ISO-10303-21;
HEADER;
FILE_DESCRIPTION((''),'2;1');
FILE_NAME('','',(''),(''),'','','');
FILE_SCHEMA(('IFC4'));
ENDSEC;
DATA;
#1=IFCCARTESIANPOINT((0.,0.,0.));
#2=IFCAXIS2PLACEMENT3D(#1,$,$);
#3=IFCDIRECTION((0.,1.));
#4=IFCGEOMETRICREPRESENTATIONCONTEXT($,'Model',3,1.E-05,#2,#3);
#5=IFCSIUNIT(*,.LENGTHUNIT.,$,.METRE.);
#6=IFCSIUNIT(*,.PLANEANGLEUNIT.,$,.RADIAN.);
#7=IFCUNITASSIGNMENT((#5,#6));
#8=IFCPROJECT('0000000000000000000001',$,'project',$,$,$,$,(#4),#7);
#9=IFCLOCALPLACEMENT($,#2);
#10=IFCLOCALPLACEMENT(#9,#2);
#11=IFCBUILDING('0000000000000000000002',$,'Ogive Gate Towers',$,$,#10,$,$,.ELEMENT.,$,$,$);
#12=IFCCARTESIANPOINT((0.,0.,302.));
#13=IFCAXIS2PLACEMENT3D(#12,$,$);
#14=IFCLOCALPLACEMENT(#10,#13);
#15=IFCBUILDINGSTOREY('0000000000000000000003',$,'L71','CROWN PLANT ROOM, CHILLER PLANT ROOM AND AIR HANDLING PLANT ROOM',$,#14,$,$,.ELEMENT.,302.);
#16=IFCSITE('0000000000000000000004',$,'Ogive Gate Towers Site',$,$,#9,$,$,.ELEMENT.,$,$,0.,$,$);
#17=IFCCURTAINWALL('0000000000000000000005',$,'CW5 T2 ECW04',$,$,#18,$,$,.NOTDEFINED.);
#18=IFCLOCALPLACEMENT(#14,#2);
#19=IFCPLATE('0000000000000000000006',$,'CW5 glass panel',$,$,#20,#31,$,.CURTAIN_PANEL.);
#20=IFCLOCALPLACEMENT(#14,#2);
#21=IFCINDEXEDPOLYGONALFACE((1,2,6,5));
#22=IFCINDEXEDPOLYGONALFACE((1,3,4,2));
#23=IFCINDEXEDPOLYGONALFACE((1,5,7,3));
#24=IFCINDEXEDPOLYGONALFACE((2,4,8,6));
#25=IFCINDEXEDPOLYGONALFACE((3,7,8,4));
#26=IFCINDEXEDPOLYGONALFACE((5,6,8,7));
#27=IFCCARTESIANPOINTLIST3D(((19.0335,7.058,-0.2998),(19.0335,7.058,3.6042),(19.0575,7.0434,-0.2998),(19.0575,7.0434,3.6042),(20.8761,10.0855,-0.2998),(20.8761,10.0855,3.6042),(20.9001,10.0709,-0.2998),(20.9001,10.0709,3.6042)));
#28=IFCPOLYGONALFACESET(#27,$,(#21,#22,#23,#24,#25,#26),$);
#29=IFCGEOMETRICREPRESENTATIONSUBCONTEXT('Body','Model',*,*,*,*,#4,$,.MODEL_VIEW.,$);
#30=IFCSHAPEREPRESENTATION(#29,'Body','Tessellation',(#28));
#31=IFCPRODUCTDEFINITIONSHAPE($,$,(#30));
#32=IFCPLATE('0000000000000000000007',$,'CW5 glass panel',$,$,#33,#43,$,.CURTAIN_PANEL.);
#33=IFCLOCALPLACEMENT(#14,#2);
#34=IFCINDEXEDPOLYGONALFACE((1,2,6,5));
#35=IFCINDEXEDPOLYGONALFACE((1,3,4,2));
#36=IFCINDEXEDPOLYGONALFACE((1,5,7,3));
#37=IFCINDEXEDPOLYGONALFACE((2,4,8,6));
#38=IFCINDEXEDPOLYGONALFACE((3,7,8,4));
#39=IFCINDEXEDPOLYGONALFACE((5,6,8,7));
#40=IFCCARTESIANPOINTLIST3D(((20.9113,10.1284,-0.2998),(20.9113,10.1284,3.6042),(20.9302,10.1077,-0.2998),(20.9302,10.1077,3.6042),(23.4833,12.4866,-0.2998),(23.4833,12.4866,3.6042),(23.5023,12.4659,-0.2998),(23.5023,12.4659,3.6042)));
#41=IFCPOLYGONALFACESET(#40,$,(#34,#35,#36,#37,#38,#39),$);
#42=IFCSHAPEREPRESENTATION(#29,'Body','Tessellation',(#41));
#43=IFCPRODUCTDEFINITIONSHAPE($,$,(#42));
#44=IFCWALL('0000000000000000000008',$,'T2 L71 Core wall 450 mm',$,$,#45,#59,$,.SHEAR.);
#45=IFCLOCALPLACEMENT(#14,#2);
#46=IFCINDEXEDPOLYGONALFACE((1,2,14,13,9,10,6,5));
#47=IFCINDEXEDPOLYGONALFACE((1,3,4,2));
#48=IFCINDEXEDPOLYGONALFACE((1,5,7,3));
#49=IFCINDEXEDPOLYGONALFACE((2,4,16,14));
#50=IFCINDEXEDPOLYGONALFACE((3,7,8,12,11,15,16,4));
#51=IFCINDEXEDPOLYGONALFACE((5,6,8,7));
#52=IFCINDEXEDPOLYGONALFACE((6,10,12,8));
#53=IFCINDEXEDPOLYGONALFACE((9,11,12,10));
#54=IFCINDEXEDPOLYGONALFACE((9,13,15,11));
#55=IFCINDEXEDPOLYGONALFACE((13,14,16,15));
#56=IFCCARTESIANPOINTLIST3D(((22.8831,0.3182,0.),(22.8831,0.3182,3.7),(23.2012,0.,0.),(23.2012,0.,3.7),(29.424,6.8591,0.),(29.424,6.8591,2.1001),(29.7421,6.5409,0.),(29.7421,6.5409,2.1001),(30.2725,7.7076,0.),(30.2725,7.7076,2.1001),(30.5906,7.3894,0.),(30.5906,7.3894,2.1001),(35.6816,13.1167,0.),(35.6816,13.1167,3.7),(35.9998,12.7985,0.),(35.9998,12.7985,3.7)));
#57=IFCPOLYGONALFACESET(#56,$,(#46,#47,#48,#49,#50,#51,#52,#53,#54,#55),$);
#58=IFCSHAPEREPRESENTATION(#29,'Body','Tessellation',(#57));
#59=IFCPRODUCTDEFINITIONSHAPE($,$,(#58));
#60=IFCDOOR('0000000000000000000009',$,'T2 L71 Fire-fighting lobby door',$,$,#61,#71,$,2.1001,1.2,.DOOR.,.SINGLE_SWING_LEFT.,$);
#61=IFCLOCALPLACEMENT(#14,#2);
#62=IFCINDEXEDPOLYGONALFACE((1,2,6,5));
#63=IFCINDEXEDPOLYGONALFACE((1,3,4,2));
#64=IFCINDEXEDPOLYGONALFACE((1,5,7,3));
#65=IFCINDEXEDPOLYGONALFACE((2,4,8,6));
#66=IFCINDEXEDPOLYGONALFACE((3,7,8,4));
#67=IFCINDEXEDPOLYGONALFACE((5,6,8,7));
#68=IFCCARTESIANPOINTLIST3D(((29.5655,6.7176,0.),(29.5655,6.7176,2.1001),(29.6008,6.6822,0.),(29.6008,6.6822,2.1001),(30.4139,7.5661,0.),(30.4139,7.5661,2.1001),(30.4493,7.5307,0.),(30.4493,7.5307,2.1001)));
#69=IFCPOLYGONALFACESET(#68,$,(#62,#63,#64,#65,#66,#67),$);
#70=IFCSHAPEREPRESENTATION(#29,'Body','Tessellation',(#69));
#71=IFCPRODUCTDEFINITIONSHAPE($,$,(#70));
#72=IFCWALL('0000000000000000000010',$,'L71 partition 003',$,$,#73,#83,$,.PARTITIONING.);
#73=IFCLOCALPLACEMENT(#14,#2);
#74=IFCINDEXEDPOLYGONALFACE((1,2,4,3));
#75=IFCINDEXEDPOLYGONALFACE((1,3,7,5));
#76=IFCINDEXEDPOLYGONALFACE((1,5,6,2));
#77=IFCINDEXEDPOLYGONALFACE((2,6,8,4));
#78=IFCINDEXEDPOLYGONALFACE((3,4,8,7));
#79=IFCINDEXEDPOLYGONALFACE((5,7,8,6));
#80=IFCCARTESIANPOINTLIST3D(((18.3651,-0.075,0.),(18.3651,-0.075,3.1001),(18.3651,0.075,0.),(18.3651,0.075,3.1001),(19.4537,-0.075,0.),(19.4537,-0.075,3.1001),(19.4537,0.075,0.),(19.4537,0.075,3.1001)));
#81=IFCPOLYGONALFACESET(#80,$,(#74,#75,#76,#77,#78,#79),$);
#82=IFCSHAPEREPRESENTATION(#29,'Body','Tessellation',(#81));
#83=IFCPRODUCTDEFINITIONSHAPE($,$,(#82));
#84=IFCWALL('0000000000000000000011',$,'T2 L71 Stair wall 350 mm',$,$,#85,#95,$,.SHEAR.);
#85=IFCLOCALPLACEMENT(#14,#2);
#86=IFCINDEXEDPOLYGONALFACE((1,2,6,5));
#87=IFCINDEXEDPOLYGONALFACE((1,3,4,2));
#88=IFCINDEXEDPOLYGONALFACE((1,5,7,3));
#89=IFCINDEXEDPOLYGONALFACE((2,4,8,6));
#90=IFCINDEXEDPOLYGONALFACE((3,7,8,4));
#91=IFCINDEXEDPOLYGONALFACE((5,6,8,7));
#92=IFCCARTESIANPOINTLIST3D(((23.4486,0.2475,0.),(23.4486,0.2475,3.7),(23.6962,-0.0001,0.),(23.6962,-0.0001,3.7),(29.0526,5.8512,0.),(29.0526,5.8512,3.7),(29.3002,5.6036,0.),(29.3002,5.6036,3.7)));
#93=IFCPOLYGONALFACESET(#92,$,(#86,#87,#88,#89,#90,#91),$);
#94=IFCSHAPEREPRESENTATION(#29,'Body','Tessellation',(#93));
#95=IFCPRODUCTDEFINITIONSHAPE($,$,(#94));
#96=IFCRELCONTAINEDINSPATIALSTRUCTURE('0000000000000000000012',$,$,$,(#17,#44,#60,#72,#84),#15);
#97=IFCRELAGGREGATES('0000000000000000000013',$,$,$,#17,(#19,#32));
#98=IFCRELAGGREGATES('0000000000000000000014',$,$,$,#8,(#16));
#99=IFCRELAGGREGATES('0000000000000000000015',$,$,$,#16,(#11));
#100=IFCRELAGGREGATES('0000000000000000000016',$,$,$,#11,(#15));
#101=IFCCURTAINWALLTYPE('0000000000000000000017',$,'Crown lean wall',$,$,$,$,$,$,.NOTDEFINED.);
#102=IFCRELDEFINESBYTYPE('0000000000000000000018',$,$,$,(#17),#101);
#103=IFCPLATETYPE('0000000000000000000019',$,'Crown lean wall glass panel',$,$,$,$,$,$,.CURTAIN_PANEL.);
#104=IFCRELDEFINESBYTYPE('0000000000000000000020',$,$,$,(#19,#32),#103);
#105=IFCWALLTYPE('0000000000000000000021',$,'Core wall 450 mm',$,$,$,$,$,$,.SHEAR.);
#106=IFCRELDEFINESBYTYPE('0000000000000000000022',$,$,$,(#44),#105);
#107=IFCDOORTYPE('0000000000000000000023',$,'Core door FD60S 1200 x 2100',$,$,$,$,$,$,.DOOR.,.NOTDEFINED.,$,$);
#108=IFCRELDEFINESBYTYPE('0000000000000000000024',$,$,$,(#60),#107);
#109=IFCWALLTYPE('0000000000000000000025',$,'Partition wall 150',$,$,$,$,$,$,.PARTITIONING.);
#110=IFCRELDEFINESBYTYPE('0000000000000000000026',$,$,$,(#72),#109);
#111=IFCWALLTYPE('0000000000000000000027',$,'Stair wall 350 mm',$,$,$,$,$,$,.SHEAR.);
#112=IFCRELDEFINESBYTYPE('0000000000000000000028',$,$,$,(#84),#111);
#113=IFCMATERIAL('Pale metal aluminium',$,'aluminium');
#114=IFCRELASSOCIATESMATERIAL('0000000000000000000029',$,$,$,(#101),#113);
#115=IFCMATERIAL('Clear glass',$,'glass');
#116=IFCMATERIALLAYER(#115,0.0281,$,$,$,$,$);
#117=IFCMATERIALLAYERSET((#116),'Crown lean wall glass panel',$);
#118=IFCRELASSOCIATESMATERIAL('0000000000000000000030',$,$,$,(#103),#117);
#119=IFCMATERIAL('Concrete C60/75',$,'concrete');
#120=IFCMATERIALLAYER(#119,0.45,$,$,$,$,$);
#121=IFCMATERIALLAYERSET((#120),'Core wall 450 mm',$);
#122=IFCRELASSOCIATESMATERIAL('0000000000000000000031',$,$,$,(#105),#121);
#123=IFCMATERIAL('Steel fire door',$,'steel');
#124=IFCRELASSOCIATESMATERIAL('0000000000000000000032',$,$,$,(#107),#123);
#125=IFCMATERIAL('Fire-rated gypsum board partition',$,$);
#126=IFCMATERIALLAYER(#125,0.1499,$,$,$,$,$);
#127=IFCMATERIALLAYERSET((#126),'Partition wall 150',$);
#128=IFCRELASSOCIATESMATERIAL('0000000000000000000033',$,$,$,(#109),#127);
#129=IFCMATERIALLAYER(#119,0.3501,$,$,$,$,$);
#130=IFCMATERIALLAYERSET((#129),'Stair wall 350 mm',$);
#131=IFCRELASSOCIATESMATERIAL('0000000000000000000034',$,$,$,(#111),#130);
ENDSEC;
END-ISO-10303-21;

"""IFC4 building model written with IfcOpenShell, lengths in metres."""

from ifc_helpers import new_model, si_unit, direction, frame, frame_2d, origin, origin_2d, place, context, subcontext, project, spatial, rectangle, extrude, material, layer, layer_set, type_object, element, fill, aggregate, save


model = new_model("IFC4")

# Units and contexts
model_context = context("Model", 3, precision=1e-05, world=origin(), true_north=direction((0.0, 1.0)))
body_context = subcontext(model_context, "Body", "Model", "MODEL_VIEW")
ifc_project = project(units=[si_unit("LENGTHUNIT", "METRE"), si_unit("PLANEANGLEUNIT", "RADIAN")], contexts=[model_context])

# Site, building, storey
site_placement = place(None, origin())
site = spatial("IfcSite", under=ifc_project, at=site_placement, Name="Ogive Gate Towers Site", CompositionType="ELEMENT", RefElevation=0.0)
building_placement = place(site_placement, origin())
building = spatial("IfcBuilding", under=site, at=building_placement, Name="Ogive Gate Towers", CompositionType="ELEMENT")
storey_placement = place(building_placement, frame((0.0, 0.0, 302.0)))
storey = spatial("IfcBuildingStorey", under=building, at=storey_placement, Name="L71", Description="CROWN PLANT ROOM, CHILLER PLANT ROOM AND AIR HANDLING PLANT ROOM", CompositionType="ELEMENT", Elevation=302.0)

# Shared definitions
ifc_material_1 = material(Name="Pale metal aluminium", Category="aluminium")
curtain_wall_type = type_object("IfcCurtainWallType", Name="Crown lean wall", PredefinedType="NOTDEFINED", material=ifc_material_1)

# Curtain wall
curtain_wall_1_placement = place(storey_placement, origin())
curtain_wall_1 = element("IfcCurtainWall", 1, at=curtain_wall_1_placement, inside=storey, type_object=curtain_wall_type, Name="CW5 T2 ECW04", PredefinedType="NOTDEFINED")

# Plates
ifc_material_2 = material(Name="Clear glass", Category="glass")
ifc_layer_1 = layer(ifc_material_2, 0.0281)
ifc_layer_set_1 = layer_set([ifc_layer_1], Name="Crown lean wall glass panel")
plate_type = type_object("IfcPlateType", Name="Crown lean wall glass panel", PredefinedType="CURTAIN_PANEL", material=ifc_layer_set_1)
plate_1_placement = place(storey_placement, frame((19.9668, 8.5645, -0.2998), z_axis=(0.0, 0.0, 1.0), x_axis=(0.519892, 0.854232, 0.0)))
plate_1 = element("IfcPlate", 2, at=plate_1_placement, type_object=plate_type, Name="CW5 glass panel", PredefinedType="CURTAIN_PANEL", context=body_context, shape_type="SweptSolid", body=[
    extrude(rectangle(XDim=3.5442, YDim=0.0281, at=origin_2d()), origin(), (0.0, 0.0, 1.0), 3.9041),
])
plate_2_placement = place(storey_placement, frame((22.2068, 11.2971, -0.2998), z_axis=(0.0, 0.0, 1.0), x_axis=(0.737089, 0.675796, 0.0)))
plate_2 = element("IfcPlate", 3, at=plate_2_placement, type_object=plate_type, Name="CW5 glass panel", PredefinedType="CURTAIN_PANEL", context=body_context, shape_type="SweptSolid", body=[
    extrude(rectangle(XDim=3.4895, YDim=0.0281, at=origin_2d()), origin(), (0.0, 0.0, 1.0), 3.9041),
])
aggregate(curtain_wall_1, [plate_1, plate_2])

# Wall, opening, door
ifc_material_3 = material(Name="Concrete C60/75", Category="concrete")
ifc_layer_2 = layer(ifc_material_3, 0.45)
ifc_layer_set_2 = layer_set([ifc_layer_2], Name="Core wall 450 mm")
wall_type_1 = type_object("IfcWallType", Name="Core wall 450 mm", PredefinedType="SHEAR", material=ifc_layer_set_2)
wall_1_placement = place(storey_placement, frame((23.0422, 0.1592, 0.0), z_axis=(0.0, 0.0, 1.0), x_axis=(0.707107, 0.707107, 0.0)))
wall_1 = element("IfcWall", 4, at=wall_1_placement, inside=storey, type_object=wall_type_1, Name="T2 L71 Core wall 450 mm", PredefinedType="SHEAR", context=body_context, shape_type="SweptSolid", body=[
    extrude(rectangle(XDim=18.0999, YDim=0.45, at=frame_2d((9.0498, 0.0))), origin(), (0.0, 0.0, 1.0), 3.7),
])
opening_placement = place(wall_1_placement, frame((9.25, 0.0, 0.0)))
opening = element("IfcOpeningElement", 5, at=opening_placement, cuts=wall_1, PredefinedType="OPENING", context=body_context, shape_type="SweptSolid", body=[
    extrude(rectangle(XDim=1.2, YDim=2.1001, at=frame_2d((0.6001, 1.05))), frame((0.0, 0.2349, 0.0), z_axis=(0.0, -1.0, 0.0), x_axis=(1.0, 0.0, 0.0)), (0.0, 0.0, 1.0), 0.47),
])
ifc_material_4 = material(Name="Steel fire door", Category="steel")
door_type = type_object("IfcDoorType", Name="Core door FD60S 1200 x 2100", OperationType="NOTDEFINED", PredefinedType="DOOR", material=ifc_material_4)
door_placement = place(opening_placement, origin())
door = element("IfcDoor", 6, at=door_placement, inside=storey, type_object=door_type, Name="T2 L71 Fire-fighting lobby door", OperationType="SINGLE_SWING_LEFT", OverallHeight=2.1001, OverallWidth=1.2, PredefinedType="DOOR", context=body_context, shape_type="SweptSolid", body=[
    extrude(rectangle(XDim=1.2, YDim=2.1001, at=frame_2d((0.6001, 1.05))), frame((0.0, 0.0249, 0.0), z_axis=(0.0, -1.0, 0.0), x_axis=(1.0, 0.0, 0.0)), (0.0, 0.0, 1.0), 0.05),
])
fill(opening, door)

# Walls
ifc_material_5 = material(Name="Fire-rated gypsum board partition")
ifc_layer_3 = layer(ifc_material_5, 0.1499)
ifc_layer_set_3 = layer_set([ifc_layer_3], Name="Partition wall 150")
wall_type_2 = type_object("IfcWallType", Name="Partition wall 150", PredefinedType="PARTITIONING", material=ifc_layer_set_3)
wall_2_placement = place(storey_placement, frame((18.365, 0.0, 0.0), z_axis=(0.0, 0.0, 1.0), x_axis=(1.0, 0.0, 0.0)))
element("IfcWall", 7, at=wall_2_placement, inside=storey, type_object=wall_type_2, Name="L71 partition 003", PredefinedType="PARTITIONING", context=body_context, shape_type="SweptSolid", body=[
    extrude(rectangle(XDim=1.0886, YDim=0.1499, at=frame_2d((0.5444, 0.0))), origin(), (0.0, 0.0, 1.0), 3.1001),
])
ifc_layer_4 = layer(ifc_material_3, 0.3501)
ifc_layer_set_4 = layer_set([ifc_layer_4], Name="Stair wall 350 mm")
wall_type_3 = type_object("IfcWallType", Name="Stair wall 350 mm", PredefinedType="SHEAR", material=ifc_layer_set_4)
wall_3_placement = place(storey_placement, frame((23.5725, 0.1238, 0.0), z_axis=(0.0, 0.0, 1.0), x_axis=(0.707122, 0.707091, 0.0)))
element("IfcWall", 8, at=wall_3_placement, inside=storey, type_object=wall_type_3, Name="T2 L71 Stair wall 350 mm", PredefinedType="SHEAR", context=body_context, shape_type="SweptSolid", body=[
    extrude(rectangle(XDim=7.925, YDim=0.3501, at=frame_2d((3.9624, 0.0))), origin(), (0.0, 0.0, 1.0), 3.7),
])

save(model, "model.ifc")
